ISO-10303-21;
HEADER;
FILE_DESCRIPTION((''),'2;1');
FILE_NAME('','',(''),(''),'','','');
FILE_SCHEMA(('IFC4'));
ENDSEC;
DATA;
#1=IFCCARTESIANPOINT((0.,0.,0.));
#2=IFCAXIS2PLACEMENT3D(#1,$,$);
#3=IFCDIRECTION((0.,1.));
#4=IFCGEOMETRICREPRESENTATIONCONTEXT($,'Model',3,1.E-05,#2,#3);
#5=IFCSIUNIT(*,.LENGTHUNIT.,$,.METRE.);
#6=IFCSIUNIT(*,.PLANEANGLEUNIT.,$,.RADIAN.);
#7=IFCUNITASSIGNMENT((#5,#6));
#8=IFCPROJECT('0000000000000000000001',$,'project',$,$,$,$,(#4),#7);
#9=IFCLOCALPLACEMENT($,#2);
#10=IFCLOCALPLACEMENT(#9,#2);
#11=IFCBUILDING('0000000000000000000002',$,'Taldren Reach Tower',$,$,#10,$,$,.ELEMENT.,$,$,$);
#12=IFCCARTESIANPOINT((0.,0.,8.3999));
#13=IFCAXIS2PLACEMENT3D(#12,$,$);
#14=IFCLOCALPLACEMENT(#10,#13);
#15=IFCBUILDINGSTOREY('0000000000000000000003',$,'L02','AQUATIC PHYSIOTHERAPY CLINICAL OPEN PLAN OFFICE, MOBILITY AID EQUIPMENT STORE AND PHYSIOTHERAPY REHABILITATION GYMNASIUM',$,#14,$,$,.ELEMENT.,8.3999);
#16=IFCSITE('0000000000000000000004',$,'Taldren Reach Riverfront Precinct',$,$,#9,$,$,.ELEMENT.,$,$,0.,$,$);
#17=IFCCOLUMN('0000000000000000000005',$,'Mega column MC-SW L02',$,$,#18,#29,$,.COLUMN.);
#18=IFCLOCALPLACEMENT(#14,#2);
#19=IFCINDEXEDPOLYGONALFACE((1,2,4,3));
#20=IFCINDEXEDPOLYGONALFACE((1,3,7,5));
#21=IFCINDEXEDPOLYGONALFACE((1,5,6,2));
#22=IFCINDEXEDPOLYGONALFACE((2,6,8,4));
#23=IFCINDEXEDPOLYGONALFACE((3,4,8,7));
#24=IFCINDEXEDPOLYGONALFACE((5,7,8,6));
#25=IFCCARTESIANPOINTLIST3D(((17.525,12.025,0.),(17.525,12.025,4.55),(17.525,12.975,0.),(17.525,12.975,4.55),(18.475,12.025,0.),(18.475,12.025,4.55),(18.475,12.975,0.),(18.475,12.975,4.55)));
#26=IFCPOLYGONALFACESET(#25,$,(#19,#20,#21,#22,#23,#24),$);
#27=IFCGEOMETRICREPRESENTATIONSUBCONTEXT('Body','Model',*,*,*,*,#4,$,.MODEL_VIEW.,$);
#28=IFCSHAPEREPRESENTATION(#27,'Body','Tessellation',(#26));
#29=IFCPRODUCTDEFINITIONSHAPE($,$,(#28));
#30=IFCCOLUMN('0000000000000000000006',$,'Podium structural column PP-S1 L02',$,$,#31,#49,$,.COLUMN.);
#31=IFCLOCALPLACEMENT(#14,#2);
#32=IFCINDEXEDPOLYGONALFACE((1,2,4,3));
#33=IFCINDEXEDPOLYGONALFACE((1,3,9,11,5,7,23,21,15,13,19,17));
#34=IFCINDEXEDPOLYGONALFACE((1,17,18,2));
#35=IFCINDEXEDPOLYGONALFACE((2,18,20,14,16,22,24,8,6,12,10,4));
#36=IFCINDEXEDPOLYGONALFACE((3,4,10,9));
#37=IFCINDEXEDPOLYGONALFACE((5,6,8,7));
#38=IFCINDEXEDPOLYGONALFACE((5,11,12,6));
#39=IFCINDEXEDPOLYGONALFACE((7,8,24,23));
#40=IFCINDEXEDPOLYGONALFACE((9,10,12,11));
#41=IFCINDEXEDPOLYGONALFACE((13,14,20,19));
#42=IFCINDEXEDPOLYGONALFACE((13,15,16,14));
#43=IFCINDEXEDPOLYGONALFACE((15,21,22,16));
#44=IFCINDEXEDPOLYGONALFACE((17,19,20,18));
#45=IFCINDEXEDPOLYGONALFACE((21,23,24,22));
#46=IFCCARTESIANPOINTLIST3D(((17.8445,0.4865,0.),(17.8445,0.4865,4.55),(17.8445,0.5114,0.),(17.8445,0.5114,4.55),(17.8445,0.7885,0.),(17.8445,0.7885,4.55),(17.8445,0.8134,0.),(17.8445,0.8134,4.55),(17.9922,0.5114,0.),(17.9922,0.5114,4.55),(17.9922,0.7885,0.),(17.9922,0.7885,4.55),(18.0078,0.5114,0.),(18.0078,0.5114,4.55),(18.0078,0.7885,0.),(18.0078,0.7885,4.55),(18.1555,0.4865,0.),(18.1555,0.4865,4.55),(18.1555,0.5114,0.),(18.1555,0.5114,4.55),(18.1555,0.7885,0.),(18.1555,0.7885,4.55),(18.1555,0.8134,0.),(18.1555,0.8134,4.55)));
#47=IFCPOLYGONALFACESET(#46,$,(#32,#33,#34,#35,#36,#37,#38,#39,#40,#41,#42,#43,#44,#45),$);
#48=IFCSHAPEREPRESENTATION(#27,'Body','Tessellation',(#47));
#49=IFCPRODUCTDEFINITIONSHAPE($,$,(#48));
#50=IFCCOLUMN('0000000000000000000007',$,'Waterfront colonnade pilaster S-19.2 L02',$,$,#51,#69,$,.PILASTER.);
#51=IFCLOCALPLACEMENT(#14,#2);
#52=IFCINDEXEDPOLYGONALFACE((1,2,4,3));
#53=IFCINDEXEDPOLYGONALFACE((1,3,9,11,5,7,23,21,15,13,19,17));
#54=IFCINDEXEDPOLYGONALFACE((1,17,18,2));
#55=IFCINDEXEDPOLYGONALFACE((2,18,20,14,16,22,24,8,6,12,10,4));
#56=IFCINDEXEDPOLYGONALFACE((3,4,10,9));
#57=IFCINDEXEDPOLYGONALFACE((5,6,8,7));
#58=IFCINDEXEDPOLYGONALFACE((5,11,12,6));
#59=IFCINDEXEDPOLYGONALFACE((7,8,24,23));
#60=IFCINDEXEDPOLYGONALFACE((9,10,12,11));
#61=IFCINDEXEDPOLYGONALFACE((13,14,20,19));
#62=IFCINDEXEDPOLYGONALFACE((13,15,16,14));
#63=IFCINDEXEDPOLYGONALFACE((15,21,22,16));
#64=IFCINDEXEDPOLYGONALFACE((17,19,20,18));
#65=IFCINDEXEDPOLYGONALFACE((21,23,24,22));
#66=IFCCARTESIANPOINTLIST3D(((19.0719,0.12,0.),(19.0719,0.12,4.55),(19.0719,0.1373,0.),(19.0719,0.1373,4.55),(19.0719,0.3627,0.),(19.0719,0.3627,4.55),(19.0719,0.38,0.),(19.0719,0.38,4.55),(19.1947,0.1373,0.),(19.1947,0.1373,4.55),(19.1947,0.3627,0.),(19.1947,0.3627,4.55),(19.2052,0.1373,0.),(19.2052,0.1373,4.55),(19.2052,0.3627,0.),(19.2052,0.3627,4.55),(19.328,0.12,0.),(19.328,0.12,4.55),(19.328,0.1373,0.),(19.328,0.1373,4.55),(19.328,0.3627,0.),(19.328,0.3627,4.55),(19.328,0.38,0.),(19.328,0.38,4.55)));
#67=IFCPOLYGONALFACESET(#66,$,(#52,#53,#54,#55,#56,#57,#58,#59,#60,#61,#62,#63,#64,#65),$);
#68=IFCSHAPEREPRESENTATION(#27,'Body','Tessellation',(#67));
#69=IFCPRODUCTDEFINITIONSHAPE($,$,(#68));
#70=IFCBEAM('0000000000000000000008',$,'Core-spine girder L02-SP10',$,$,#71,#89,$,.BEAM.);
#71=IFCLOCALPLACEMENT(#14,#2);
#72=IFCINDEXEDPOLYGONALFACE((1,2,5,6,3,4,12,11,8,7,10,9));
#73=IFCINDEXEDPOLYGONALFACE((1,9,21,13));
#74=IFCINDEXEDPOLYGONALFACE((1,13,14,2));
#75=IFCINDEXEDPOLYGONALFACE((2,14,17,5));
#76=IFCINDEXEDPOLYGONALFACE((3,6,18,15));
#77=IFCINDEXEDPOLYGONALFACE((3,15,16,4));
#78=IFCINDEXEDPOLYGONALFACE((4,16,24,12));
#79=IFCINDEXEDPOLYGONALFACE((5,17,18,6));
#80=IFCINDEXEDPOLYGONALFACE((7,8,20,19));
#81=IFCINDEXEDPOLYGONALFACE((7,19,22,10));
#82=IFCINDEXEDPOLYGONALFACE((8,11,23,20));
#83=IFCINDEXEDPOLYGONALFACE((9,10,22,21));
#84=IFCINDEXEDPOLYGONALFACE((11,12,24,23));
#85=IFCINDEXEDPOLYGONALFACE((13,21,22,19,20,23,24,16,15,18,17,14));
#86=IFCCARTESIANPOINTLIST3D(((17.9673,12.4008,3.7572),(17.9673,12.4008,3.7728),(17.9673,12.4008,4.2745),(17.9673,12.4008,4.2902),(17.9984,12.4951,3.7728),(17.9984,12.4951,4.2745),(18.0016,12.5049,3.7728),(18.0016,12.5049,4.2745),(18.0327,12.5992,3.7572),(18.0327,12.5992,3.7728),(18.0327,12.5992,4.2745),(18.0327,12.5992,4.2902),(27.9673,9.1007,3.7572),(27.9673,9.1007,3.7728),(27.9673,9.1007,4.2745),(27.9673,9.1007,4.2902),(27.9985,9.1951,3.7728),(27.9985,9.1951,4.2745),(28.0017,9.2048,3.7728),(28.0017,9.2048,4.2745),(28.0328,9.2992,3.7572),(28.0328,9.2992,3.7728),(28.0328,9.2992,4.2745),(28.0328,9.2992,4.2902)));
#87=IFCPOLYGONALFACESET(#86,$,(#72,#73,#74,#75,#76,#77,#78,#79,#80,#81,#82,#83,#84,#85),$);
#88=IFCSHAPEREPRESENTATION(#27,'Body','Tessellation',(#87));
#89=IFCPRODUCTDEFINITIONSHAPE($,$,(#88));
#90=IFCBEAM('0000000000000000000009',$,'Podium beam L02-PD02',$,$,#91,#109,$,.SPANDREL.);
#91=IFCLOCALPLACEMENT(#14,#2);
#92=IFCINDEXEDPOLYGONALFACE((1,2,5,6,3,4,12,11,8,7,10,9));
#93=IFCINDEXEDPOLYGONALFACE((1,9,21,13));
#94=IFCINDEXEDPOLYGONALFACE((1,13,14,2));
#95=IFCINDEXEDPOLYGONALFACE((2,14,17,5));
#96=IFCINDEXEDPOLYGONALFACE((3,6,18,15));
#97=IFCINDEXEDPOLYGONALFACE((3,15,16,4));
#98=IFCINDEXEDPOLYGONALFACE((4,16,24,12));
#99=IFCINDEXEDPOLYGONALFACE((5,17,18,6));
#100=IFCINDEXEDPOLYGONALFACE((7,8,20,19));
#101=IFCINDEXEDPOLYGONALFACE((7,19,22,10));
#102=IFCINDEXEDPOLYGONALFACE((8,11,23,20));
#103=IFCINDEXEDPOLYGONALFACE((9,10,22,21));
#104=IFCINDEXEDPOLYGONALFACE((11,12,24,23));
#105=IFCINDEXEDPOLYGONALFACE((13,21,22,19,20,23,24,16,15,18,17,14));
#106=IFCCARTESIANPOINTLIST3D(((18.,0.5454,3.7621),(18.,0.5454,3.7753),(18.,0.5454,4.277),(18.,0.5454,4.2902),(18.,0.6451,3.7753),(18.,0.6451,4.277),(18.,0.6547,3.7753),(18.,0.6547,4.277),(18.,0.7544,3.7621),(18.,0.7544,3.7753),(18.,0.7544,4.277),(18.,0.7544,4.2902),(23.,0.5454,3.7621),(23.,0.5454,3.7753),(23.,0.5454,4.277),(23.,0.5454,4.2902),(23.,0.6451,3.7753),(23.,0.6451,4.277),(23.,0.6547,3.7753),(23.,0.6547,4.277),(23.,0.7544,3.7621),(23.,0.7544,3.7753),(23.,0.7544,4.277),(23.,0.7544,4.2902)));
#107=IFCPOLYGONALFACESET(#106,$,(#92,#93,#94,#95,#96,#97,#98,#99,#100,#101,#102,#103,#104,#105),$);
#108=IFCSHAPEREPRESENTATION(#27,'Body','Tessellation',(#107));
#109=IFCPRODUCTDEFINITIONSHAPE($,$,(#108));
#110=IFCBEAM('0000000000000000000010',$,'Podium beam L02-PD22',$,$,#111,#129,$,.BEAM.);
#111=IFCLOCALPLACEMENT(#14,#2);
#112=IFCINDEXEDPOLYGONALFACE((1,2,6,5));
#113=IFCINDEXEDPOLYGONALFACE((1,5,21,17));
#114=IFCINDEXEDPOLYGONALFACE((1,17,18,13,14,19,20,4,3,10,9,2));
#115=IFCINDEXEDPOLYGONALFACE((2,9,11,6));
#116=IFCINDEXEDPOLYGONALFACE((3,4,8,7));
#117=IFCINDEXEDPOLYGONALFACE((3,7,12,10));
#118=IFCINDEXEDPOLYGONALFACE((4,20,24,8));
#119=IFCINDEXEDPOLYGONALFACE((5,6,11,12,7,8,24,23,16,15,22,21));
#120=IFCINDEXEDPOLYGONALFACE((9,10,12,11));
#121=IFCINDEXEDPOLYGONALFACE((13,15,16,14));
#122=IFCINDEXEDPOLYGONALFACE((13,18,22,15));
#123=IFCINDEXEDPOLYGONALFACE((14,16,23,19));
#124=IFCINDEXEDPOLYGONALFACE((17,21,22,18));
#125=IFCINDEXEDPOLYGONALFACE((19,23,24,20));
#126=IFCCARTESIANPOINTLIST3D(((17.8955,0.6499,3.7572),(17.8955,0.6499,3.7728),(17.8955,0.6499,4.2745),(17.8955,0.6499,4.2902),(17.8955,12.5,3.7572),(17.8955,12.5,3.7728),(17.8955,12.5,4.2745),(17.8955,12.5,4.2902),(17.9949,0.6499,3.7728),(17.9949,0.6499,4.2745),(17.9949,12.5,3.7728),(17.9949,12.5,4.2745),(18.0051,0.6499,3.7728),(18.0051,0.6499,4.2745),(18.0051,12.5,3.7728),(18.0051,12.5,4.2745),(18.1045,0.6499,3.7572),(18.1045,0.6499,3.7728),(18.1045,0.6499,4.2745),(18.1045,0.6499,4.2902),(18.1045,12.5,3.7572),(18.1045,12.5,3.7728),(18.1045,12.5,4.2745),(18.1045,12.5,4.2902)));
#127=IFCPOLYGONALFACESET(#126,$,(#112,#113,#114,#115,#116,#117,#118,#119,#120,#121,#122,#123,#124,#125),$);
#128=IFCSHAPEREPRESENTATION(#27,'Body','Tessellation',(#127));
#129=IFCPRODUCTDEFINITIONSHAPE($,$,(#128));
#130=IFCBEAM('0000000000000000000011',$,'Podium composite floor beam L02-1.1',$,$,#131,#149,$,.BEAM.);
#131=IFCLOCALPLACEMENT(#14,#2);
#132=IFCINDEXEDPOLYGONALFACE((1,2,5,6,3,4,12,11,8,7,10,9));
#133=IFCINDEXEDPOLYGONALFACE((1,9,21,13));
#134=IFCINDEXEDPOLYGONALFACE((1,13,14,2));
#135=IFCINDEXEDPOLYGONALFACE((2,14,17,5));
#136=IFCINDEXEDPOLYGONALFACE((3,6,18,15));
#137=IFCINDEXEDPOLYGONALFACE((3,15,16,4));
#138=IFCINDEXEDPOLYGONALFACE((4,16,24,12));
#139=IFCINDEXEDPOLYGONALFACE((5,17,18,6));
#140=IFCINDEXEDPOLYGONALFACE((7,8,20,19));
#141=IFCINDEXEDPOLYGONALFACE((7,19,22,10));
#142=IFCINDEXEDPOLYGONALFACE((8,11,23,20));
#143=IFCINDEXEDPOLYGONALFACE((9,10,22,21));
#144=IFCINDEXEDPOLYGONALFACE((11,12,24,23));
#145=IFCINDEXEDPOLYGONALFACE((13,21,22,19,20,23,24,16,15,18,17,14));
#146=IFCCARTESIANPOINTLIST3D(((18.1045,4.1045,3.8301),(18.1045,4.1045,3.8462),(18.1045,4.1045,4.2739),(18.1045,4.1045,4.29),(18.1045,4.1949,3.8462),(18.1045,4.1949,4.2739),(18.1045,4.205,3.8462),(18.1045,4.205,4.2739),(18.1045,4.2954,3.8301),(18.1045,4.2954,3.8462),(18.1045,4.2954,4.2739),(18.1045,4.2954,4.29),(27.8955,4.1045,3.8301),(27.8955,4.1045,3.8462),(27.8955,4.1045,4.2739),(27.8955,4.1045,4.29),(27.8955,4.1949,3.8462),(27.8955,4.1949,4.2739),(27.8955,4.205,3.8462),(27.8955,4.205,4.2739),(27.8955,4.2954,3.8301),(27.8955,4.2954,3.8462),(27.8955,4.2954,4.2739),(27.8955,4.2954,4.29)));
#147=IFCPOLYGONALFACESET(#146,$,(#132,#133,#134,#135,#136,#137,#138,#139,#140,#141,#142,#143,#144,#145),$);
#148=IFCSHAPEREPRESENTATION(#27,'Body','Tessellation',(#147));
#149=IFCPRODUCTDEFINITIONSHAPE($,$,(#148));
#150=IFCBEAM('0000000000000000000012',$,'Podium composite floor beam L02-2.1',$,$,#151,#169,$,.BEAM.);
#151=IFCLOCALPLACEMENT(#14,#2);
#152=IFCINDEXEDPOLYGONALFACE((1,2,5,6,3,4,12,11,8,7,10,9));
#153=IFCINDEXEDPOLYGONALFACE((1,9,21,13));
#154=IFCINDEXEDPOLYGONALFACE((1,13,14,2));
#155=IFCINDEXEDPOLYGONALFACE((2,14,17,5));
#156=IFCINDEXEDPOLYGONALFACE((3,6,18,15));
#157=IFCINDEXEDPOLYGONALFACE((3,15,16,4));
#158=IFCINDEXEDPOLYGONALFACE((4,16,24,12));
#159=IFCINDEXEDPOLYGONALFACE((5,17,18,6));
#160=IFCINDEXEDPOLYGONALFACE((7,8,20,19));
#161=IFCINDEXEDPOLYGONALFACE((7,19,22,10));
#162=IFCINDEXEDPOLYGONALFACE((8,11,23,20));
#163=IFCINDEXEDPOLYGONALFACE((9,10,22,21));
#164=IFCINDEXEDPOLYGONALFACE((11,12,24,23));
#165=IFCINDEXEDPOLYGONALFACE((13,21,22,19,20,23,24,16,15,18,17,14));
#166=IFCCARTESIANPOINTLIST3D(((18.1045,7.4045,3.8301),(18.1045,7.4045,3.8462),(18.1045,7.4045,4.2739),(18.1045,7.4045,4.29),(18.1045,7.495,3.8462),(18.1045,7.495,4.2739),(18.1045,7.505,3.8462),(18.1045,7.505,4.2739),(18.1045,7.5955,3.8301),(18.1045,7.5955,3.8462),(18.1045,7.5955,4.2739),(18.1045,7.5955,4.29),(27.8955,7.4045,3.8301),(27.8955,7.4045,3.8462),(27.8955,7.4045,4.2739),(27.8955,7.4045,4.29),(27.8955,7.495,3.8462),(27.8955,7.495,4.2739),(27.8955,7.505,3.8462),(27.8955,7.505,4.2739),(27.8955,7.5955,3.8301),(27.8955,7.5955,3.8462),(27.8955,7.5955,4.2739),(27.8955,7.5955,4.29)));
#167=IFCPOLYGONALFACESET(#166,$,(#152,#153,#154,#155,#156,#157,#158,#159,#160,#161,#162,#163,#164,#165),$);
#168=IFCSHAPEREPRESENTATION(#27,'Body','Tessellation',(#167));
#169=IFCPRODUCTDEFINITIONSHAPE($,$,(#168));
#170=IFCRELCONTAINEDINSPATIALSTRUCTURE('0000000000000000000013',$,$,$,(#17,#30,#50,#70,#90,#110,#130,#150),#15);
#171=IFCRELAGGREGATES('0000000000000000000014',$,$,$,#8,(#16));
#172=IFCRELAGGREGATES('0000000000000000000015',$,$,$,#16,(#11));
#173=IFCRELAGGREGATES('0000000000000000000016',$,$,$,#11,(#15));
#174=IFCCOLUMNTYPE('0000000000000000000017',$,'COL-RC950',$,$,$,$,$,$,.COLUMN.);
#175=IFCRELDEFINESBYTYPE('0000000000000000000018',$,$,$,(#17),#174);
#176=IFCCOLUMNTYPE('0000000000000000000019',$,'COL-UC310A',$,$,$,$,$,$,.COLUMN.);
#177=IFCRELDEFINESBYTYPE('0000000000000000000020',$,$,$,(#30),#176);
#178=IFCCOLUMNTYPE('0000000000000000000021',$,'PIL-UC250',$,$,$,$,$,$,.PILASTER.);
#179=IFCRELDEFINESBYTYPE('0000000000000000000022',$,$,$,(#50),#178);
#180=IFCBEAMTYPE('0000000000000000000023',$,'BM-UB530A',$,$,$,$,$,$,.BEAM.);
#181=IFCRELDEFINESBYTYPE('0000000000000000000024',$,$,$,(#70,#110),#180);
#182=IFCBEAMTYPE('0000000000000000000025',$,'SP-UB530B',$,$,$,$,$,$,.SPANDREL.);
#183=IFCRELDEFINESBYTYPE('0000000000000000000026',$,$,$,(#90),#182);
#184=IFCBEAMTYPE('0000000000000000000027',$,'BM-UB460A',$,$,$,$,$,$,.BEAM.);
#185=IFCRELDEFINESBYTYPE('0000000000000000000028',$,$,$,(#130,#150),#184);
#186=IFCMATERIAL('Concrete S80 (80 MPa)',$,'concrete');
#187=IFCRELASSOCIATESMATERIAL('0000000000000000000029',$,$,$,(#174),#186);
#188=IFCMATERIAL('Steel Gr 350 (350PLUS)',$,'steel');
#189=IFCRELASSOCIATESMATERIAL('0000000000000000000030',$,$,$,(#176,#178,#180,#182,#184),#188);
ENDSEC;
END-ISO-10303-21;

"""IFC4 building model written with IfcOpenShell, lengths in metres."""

from ifc_helpers import new_model, si_unit, direction, frame, origin, origin_2d, place, context, subcontext, project, spatial, rectangle, i_section, extrude, source, transform, mapped, material, material_profile, profile_set, type_object, element, save


model = new_model("IFC4")

# Units and contexts
model_context = context("Model", 3, precision=1e-05, world=origin(), true_north=direction((0.0, 1.0)))
body_context = subcontext(model_context, "Body", "Model", "MODEL_VIEW")
ifc_project = project(units=[si_unit("LENGTHUNIT", "METRE"), si_unit("PLANEANGLEUNIT", "RADIAN")], contexts=[model_context])

# Site, building, storey
site_placement = place(None, origin())
site = spatial("IfcSite", under=ifc_project, at=site_placement, Name="Taldren Reach Riverfront Precinct", CompositionType="ELEMENT", RefElevation=0.0)
building_placement = place(site_placement, origin())
building = spatial("IfcBuilding", under=site, at=building_placement, Name="Taldren Reach Tower", CompositionType="ELEMENT")
storey_placement = place(building_placement, frame((0.0, 0.0, 8.3999)))
storey = spatial("IfcBuildingStorey", under=building, at=storey_placement, Name="L02", Description="AQUATIC PHYSIOTHERAPY CLINICAL OPEN PLAN OFFICE, MOBILITY AID EQUIPMENT STORE AND PHYSIOTHERAPY REHABILITATION GYMNASIUM", CompositionType="ELEMENT", Elevation=8.3999)

# Columns
ifc_material_1 = material(Name="Concrete S80 (80 MPa)", Category="concrete")
ifc_material_profile_1 = material_profile(ifc_material_1, rectangle(XDim=0.95, YDim=0.95, at=origin_2d()), Name="RC-950x950")
ifc_profile_set_1 = profile_set([ifc_material_profile_1], Name="Concrete S80 (80 MPa)")
column_type_1 = type_object("IfcColumnType", Name="COL-RC950", PredefinedType="COLUMN", material=ifc_profile_set_1)
shared_shape_1 = source(origin(), body_context, "Body", "SweptSolid", [
    extrude(rectangle(XDim=0.95, YDim=0.95, at=origin_2d()), origin(), (0.0, 0.0, 1.0), 4.55),
])
column_1_placement = place(storey_placement, frame((18.0, 12.5, 0.0), z_axis=(0.0, 0.0, 1.0), x_axis=(1.0, 0.0, 0.0)))
element("IfcColumn", 1, at=column_1_placement, inside=storey, type_object=column_type_1, Name="Mega column MC-SW L02", PredefinedType="COLUMN", context=body_context, shape_type="MappedRepresentation", body=[
    mapped(shared_shape_1, transform((0.0, 0.0, 0.0), scale=1.0)),
])
ifc_material_2 = material(Name="Steel Gr 350 (350PLUS)", Category="steel")
ifc_material_profile_2 = material_profile(ifc_material_2, i_section(OverallWidth=0.311, OverallDepth=0.3269, WebThickness=0.0156, FlangeThickness=0.0249, at=origin_2d()), Name="310UC158")
ifc_profile_set_2 = profile_set([ifc_material_profile_2], Name="Steel Gr 350 (350PLUS)")
column_type_2 = type_object("IfcColumnType", Name="COL-UC310A", PredefinedType="COLUMN", material=ifc_profile_set_2)
shared_shape_2 = source(origin(), body_context, "Body", "SweptSolid", [
    extrude(i_section(OverallWidth=0.311, OverallDepth=0.3269, WebThickness=0.0156, FlangeThickness=0.0249, at=origin_2d()), origin(), (0.0, 0.0, 1.0), 4.55),
])
column_2_placement = place(storey_placement, frame((18.0, 0.6499, 0.0), z_axis=(0.0, 0.0, 1.0), x_axis=(1.0, 0.0, 0.0)))
element("IfcColumn", 2, at=column_2_placement, inside=storey, type_object=column_type_2, Name="Podium structural column PP-S1 L02", PredefinedType="COLUMN", context=body_context, shape_type="MappedRepresentation", body=[
    mapped(shared_shape_2, transform((0.0, 0.0, 0.0), scale=1.0)),
])
ifc_material_profile_3 = material_profile(ifc_material_2, i_section(OverallWidth=0.2561, OverallDepth=0.26, WebThickness=0.0105, FlangeThickness=0.0173, at=origin_2d()), Name="250UC89.5")
ifc_profile_set_3 = profile_set([ifc_material_profile_3], Name="Steel Gr 350 (350PLUS)")
column_type_3 = type_object("IfcColumnType", Name="PIL-UC250", PredefinedType="PILASTER", material=ifc_profile_set_3)
shared_shape_3 = source(origin(), body_context, "Body", "SweptSolid", [
    extrude(i_section(OverallWidth=0.2561, OverallDepth=0.26, WebThickness=0.0105, FlangeThickness=0.0173, at=origin_2d()), origin(), (0.0, 0.0, 1.0), 4.55),
])
column_3_placement = place(storey_placement, frame((19.2, 0.25, 0.0), z_axis=(0.0, 0.0, 1.0), x_axis=(1.0, 0.0, 0.0)))
element("IfcColumn", 3, at=column_3_placement, inside=storey, type_object=column_type_3, Name="Waterfront colonnade pilaster S-19.2 L02", PredefinedType="PILASTER", context=body_context, shape_type="MappedRepresentation", body=[
    mapped(shared_shape_3, transform((0.0, 0.0, 0.0), scale=1.0)),
])

# Beams
ifc_material_profile_4 = material_profile(ifc_material_2, i_section(OverallWidth=0.209, OverallDepth=0.533, WebThickness=0.0103, FlangeThickness=0.0156, at=origin_2d()), Name="530UB92.4")
ifc_profile_set_4 = profile_set([ifc_material_profile_4], Name="Steel Gr 350 (350PLUS)")
beam_type_1 = type_object("IfcBeamType", Name="BM-UB530A", PredefinedType="BEAM", material=ifc_profile_set_4)
shared_shape_4 = source(origin(), body_context, "Body", "SweptSolid", [
    extrude(i_section(OverallWidth=0.209, OverallDepth=0.533, WebThickness=0.0103, FlangeThickness=0.0156, at=origin_2d()), origin(), (0.0, 0.0, 1.0), 10.5305),
])
beam_1_placement = place(storey_placement, frame((18.0, 12.5, 4.0237), z_axis=(0.949627, -0.313382, 0.0), x_axis=(0.313382, 0.949627, 0.0)))
element("IfcBeam", 4, at=beam_1_placement, inside=storey, type_object=beam_type_1, Name="Core-spine girder L02-SP10", PredefinedType="BEAM", context=body_context, shape_type="MappedRepresentation", body=[
    mapped(shared_shape_4, transform((0.0, 0.0, 0.0), scale=1.0)),
])
ifc_material_profile_5 = material_profile(ifc_material_2, i_section(OverallWidth=0.209, OverallDepth=0.5281, WebThickness=0.0095, FlangeThickness=0.0132, at=origin_2d()), Name="530UB82.0")
ifc_profile_set_5 = profile_set([ifc_material_profile_5], Name="Steel Gr 350 (350PLUS)")
beam_type_2 = type_object("IfcBeamType", Name="SP-UB530B", PredefinedType="SPANDREL", material=ifc_profile_set_5)
shared_shape_5 = source(origin(), body_context, "Body", "SweptSolid", [
    extrude(i_section(OverallWidth=0.209, OverallDepth=0.5281, WebThickness=0.0095, FlangeThickness=0.0132, at=origin_2d()), origin(), (0.0, 0.0, 1.0), 5.0),
])
beam_2_placement = place(storey_placement, frame((18.0, 0.6499, 4.0261), z_axis=(1.0, 0.0, 0.0), x_axis=(0.0, 1.0, 0.0)))
element("IfcBeam", 5, at=beam_2_placement, inside=storey, type_object=beam_type_2, Name="Podium beam L02-PD02", PredefinedType="SPANDREL", context=body_context, shape_type="MappedRepresentation", body=[
    mapped(shared_shape_5, transform((0.0, 0.0, 0.0), scale=1.0)),
])
shared_shape_6 = source(origin(), body_context, "Body", "SweptSolid", [
    extrude(i_section(OverallWidth=0.209, OverallDepth=0.533, WebThickness=0.0103, FlangeThickness=0.0156, at=origin_2d()), origin(), (0.0, 0.0, 1.0), 11.8501),
])
beam_3_placement = place(storey_placement, frame((18.0, 0.6499, 4.0237), z_axis=(0.0, 1.0, 0.0), x_axis=(-1.0, 0.0, 0.0)))
element("IfcBeam", 6, at=beam_3_placement, inside=storey, type_object=beam_type_1, Name="Podium beam L02-PD22", PredefinedType="BEAM", context=body_context, shape_type="MappedRepresentation", body=[
    mapped(shared_shape_6, transform((0.0, 0.0, 0.0), scale=1.0)),
])
ifc_material_profile_6 = material_profile(ifc_material_2, i_section(OverallWidth=0.1909, OverallDepth=0.46, WebThickness=0.01, FlangeThickness=0.0161, at=origin_2d()), Name="460UB82.1")
ifc_profile_set_6 = profile_set([ifc_material_profile_6], Name="Steel Gr 350 (350PLUS)")
beam_type_3 = type_object("IfcBeamType", Name="BM-UB460A", PredefinedType="BEAM", material=ifc_profile_set_6)
shared_shape_7 = source(origin(), body_context, "Body", "SweptSolid", [
    extrude(i_section(OverallWidth=0.1909, OverallDepth=0.46, WebThickness=0.01, FlangeThickness=0.0161, at=origin_2d()), origin(), (0.0, 0.0, 1.0), 9.791),
])
for number, where, z_axis, x_axis, name in (
    (7, (18.1045, 4.2, 4.0601), (1.0, 0.0, 0.0), (0.0, 1.0, 0.0), "Podium composite floor beam L02-1.1"),
    (8, (18.1045, 7.5, 4.0601), (1.0, 0.0, 0.0), (0.0, 1.0, 0.0), "Podium composite floor beam L02-2.1"),
):
    element("IfcBeam", number, at=place(storey_placement, frame(where, z_axis=z_axis, x_axis=x_axis)), inside=storey, type_object=beam_type_3, Name=name, PredefinedType="BEAM", context=body_context, shape_type="MappedRepresentation", body=[
        mapped(shared_shape_7, transform((0.0, 0.0, 0.0), scale=1.0)),
    ])

save(model, "model.ifc")
